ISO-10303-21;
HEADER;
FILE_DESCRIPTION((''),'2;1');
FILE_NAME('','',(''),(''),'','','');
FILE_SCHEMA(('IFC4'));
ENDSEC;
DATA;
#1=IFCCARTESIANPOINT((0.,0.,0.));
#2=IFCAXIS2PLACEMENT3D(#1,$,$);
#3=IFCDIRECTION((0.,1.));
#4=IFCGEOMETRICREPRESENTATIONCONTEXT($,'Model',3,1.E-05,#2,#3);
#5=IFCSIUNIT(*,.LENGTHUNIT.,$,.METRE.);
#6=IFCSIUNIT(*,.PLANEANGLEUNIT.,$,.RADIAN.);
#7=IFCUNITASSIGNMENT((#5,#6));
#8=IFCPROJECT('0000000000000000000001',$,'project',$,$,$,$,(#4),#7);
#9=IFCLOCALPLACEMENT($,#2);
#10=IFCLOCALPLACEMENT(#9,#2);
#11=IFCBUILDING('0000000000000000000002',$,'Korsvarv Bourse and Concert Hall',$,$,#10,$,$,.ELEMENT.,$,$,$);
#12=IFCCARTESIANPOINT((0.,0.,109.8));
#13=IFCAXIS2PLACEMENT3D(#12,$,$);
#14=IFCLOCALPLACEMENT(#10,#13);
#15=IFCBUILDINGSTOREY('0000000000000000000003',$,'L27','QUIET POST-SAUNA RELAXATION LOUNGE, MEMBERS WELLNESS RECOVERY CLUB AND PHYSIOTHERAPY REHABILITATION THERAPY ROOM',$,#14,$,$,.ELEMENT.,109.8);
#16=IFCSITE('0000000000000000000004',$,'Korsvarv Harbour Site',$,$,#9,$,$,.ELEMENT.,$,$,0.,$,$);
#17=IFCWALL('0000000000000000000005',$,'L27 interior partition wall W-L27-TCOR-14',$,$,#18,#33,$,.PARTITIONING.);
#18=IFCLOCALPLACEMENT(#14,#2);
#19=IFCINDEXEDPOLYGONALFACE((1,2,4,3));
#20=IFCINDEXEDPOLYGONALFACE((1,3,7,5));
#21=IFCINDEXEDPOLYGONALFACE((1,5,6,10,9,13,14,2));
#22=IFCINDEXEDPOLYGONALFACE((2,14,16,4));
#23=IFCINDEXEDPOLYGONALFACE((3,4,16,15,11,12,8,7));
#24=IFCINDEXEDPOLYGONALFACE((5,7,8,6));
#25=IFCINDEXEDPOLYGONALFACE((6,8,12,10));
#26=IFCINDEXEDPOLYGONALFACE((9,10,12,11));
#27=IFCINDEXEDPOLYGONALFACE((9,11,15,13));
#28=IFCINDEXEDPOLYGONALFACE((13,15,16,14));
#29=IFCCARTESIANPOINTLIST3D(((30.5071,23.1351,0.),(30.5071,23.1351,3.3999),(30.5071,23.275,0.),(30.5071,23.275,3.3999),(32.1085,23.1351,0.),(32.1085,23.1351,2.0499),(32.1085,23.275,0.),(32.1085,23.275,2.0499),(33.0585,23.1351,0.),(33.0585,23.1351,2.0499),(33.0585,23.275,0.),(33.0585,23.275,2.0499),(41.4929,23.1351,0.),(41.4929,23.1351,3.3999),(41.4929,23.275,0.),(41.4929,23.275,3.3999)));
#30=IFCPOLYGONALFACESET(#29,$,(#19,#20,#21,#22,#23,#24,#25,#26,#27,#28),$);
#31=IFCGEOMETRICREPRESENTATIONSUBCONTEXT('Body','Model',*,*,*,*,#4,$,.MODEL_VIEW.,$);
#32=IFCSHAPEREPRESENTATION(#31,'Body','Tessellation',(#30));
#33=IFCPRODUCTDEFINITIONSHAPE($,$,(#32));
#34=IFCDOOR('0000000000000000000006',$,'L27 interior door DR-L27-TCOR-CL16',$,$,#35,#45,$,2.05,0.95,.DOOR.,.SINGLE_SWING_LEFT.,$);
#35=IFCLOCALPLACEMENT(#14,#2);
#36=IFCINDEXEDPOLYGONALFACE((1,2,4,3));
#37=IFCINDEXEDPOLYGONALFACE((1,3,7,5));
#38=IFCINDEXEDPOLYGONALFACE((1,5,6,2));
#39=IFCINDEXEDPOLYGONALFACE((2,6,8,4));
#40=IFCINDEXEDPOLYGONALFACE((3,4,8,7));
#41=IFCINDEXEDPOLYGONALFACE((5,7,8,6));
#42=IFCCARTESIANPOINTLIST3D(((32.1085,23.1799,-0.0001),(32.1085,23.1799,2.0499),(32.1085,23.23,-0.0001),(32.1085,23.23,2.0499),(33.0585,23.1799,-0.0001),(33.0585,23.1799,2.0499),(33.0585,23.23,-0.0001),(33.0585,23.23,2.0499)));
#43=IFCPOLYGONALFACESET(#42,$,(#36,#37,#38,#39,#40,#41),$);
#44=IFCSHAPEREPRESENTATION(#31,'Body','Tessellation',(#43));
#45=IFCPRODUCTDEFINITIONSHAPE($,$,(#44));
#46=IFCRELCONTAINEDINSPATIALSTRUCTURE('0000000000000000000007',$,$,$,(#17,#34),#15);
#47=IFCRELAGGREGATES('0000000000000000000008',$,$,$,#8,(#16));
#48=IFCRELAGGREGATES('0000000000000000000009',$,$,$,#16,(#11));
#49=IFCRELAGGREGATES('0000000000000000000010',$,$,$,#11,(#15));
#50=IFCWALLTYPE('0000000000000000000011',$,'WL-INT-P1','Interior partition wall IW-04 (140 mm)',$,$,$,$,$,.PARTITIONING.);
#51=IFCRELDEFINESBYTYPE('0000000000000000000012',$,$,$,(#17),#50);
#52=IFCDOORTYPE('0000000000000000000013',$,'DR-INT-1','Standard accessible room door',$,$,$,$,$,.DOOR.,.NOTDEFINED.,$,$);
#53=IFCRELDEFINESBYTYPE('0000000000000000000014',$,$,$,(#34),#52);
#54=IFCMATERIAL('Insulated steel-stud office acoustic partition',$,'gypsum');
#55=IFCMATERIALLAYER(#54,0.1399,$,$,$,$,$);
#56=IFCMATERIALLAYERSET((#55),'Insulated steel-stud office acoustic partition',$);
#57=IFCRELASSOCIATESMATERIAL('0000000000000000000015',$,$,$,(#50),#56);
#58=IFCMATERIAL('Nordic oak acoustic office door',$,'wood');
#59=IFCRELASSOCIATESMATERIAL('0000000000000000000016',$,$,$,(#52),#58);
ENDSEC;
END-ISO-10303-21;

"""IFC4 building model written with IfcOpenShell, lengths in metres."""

from ifc_helpers import new_model, si_unit, direction, frame, frame_2d, origin, place, context, subcontext, project, spatial, rectangle, extrude, material, layer, layer_set, type_object, element, fill, save


model = new_model("IFC4")

# Units and contexts
model_context = context("Model", 3, precision=1e-05, world=origin(), true_north=direction((0.0, 1.0)))
body_context = subcontext(model_context, "Body", "Model", "MODEL_VIEW")
ifc_project = project(units=[si_unit("LENGTHUNIT", "METRE"), si_unit("PLANEANGLEUNIT", "RADIAN")], contexts=[model_context])

# Site, building, storey
site_placement = place(None, origin())
site = spatial("IfcSite", under=ifc_project, at=site_placement, Name="Korsvarv Harbour Site", CompositionType="ELEMENT", RefElevation=0.0)
building_placement = place(site_placement, origin())
building = spatial("IfcBuilding", under=site, at=building_placement, Name="Korsvarv Bourse and Concert Hall", CompositionType="ELEMENT")
storey_placement = place(building_placement, frame((0.0, 0.0, 109.8)))
storey = spatial("IfcBuildingStorey", under=building, at=storey_placement, Name="L27", Description="QUIET POST-SAUNA RELAXATION LOUNGE, MEMBERS WELLNESS RECOVERY CLUB AND PHYSIOTHERAPY REHABILITATION THERAPY ROOM", CompositionType="ELEMENT", Elevation=109.8)

# Wall, opening, door
ifc_material_1 = material(Name="Insulated steel-stud office acoustic partition", Category="gypsum")
ifc_layer_1 = layer(ifc_material_1, 0.1399)
ifc_layer_set_1 = layer_set([ifc_layer_1], Name="Insulated steel-stud office acoustic partition")
wall_type_1 = type_object("IfcWallType", Name="WL-INT-P1", Description="Interior partition wall IW-04 (140 mm)", PredefinedType="PARTITIONING", material=ifc_layer_set_1)
wall_1_placement = place(storey_placement, frame((30.5071, 23.2051, 0.0), z_axis=(0.0, 0.0, 1.0), x_axis=(1.0, 0.0, 0.0)))
wall_1 = element("IfcWall", 1, at=wall_1_placement, inside=storey, type_object=wall_type_1, Name="L27 interior partition wall W-L27-TCOR-14", PredefinedType="PARTITIONING", context=body_context, shape_type="SweptSolid", body=[
    extrude(rectangle(XDim=10.9858, YDim=0.1399, at=frame_2d((5.4929, 0.0))), origin(), (0.0, 0.0, 1.0), 3.3999),
])
opening_1_placement = place(wall_1_placement, frame((1.6013, 0.0, 0.0)))
opening_1 = element("IfcOpeningElement", 2, at=opening_1_placement, cuts=wall_1, PredefinedType="OPENING", context=body_context, shape_type="SweptSolid", body=[
    extrude(rectangle(XDim=0.95, YDim=2.05, at=frame_2d((0.4751, 1.0249))), frame((0.0, 0.0801, 0.0), z_axis=(0.0, -1.0, 0.0), x_axis=(1.0, 0.0, 0.0)), (0.0, 0.0, 1.0), 0.1599),
])
ifc_material_2 = material(Name="Nordic oak acoustic office door", Category="wood")
door_type_1 = type_object("IfcDoorType", Name="DR-INT-1", Description="Standard accessible room door", OperationType="NOTDEFINED", PredefinedType="DOOR", material=ifc_material_2)
door_1_placement = place(opening_1_placement, origin())
door_1 = element("IfcDoor", 3, at=door_1_placement, inside=storey, type_object=door_type_1, Name="L27 interior door DR-L27-TCOR-CL16", OperationType="SINGLE_SWING_LEFT", OverallHeight=2.05, OverallWidth=0.95, PredefinedType="DOOR", context=body_context, shape_type="SweptSolid", body=[
    extrude(rectangle(XDim=0.95, YDim=2.05, at=frame_2d((0.4751, 1.0249))), frame((0.0, 0.0249, 0.0), z_axis=(0.0, -1.0, 0.0), x_axis=(1.0, 0.0, 0.0)), (0.0, 0.0, 1.0), 0.05),
])
fill(opening_1, door_1)

save(model, "model.ifc")
